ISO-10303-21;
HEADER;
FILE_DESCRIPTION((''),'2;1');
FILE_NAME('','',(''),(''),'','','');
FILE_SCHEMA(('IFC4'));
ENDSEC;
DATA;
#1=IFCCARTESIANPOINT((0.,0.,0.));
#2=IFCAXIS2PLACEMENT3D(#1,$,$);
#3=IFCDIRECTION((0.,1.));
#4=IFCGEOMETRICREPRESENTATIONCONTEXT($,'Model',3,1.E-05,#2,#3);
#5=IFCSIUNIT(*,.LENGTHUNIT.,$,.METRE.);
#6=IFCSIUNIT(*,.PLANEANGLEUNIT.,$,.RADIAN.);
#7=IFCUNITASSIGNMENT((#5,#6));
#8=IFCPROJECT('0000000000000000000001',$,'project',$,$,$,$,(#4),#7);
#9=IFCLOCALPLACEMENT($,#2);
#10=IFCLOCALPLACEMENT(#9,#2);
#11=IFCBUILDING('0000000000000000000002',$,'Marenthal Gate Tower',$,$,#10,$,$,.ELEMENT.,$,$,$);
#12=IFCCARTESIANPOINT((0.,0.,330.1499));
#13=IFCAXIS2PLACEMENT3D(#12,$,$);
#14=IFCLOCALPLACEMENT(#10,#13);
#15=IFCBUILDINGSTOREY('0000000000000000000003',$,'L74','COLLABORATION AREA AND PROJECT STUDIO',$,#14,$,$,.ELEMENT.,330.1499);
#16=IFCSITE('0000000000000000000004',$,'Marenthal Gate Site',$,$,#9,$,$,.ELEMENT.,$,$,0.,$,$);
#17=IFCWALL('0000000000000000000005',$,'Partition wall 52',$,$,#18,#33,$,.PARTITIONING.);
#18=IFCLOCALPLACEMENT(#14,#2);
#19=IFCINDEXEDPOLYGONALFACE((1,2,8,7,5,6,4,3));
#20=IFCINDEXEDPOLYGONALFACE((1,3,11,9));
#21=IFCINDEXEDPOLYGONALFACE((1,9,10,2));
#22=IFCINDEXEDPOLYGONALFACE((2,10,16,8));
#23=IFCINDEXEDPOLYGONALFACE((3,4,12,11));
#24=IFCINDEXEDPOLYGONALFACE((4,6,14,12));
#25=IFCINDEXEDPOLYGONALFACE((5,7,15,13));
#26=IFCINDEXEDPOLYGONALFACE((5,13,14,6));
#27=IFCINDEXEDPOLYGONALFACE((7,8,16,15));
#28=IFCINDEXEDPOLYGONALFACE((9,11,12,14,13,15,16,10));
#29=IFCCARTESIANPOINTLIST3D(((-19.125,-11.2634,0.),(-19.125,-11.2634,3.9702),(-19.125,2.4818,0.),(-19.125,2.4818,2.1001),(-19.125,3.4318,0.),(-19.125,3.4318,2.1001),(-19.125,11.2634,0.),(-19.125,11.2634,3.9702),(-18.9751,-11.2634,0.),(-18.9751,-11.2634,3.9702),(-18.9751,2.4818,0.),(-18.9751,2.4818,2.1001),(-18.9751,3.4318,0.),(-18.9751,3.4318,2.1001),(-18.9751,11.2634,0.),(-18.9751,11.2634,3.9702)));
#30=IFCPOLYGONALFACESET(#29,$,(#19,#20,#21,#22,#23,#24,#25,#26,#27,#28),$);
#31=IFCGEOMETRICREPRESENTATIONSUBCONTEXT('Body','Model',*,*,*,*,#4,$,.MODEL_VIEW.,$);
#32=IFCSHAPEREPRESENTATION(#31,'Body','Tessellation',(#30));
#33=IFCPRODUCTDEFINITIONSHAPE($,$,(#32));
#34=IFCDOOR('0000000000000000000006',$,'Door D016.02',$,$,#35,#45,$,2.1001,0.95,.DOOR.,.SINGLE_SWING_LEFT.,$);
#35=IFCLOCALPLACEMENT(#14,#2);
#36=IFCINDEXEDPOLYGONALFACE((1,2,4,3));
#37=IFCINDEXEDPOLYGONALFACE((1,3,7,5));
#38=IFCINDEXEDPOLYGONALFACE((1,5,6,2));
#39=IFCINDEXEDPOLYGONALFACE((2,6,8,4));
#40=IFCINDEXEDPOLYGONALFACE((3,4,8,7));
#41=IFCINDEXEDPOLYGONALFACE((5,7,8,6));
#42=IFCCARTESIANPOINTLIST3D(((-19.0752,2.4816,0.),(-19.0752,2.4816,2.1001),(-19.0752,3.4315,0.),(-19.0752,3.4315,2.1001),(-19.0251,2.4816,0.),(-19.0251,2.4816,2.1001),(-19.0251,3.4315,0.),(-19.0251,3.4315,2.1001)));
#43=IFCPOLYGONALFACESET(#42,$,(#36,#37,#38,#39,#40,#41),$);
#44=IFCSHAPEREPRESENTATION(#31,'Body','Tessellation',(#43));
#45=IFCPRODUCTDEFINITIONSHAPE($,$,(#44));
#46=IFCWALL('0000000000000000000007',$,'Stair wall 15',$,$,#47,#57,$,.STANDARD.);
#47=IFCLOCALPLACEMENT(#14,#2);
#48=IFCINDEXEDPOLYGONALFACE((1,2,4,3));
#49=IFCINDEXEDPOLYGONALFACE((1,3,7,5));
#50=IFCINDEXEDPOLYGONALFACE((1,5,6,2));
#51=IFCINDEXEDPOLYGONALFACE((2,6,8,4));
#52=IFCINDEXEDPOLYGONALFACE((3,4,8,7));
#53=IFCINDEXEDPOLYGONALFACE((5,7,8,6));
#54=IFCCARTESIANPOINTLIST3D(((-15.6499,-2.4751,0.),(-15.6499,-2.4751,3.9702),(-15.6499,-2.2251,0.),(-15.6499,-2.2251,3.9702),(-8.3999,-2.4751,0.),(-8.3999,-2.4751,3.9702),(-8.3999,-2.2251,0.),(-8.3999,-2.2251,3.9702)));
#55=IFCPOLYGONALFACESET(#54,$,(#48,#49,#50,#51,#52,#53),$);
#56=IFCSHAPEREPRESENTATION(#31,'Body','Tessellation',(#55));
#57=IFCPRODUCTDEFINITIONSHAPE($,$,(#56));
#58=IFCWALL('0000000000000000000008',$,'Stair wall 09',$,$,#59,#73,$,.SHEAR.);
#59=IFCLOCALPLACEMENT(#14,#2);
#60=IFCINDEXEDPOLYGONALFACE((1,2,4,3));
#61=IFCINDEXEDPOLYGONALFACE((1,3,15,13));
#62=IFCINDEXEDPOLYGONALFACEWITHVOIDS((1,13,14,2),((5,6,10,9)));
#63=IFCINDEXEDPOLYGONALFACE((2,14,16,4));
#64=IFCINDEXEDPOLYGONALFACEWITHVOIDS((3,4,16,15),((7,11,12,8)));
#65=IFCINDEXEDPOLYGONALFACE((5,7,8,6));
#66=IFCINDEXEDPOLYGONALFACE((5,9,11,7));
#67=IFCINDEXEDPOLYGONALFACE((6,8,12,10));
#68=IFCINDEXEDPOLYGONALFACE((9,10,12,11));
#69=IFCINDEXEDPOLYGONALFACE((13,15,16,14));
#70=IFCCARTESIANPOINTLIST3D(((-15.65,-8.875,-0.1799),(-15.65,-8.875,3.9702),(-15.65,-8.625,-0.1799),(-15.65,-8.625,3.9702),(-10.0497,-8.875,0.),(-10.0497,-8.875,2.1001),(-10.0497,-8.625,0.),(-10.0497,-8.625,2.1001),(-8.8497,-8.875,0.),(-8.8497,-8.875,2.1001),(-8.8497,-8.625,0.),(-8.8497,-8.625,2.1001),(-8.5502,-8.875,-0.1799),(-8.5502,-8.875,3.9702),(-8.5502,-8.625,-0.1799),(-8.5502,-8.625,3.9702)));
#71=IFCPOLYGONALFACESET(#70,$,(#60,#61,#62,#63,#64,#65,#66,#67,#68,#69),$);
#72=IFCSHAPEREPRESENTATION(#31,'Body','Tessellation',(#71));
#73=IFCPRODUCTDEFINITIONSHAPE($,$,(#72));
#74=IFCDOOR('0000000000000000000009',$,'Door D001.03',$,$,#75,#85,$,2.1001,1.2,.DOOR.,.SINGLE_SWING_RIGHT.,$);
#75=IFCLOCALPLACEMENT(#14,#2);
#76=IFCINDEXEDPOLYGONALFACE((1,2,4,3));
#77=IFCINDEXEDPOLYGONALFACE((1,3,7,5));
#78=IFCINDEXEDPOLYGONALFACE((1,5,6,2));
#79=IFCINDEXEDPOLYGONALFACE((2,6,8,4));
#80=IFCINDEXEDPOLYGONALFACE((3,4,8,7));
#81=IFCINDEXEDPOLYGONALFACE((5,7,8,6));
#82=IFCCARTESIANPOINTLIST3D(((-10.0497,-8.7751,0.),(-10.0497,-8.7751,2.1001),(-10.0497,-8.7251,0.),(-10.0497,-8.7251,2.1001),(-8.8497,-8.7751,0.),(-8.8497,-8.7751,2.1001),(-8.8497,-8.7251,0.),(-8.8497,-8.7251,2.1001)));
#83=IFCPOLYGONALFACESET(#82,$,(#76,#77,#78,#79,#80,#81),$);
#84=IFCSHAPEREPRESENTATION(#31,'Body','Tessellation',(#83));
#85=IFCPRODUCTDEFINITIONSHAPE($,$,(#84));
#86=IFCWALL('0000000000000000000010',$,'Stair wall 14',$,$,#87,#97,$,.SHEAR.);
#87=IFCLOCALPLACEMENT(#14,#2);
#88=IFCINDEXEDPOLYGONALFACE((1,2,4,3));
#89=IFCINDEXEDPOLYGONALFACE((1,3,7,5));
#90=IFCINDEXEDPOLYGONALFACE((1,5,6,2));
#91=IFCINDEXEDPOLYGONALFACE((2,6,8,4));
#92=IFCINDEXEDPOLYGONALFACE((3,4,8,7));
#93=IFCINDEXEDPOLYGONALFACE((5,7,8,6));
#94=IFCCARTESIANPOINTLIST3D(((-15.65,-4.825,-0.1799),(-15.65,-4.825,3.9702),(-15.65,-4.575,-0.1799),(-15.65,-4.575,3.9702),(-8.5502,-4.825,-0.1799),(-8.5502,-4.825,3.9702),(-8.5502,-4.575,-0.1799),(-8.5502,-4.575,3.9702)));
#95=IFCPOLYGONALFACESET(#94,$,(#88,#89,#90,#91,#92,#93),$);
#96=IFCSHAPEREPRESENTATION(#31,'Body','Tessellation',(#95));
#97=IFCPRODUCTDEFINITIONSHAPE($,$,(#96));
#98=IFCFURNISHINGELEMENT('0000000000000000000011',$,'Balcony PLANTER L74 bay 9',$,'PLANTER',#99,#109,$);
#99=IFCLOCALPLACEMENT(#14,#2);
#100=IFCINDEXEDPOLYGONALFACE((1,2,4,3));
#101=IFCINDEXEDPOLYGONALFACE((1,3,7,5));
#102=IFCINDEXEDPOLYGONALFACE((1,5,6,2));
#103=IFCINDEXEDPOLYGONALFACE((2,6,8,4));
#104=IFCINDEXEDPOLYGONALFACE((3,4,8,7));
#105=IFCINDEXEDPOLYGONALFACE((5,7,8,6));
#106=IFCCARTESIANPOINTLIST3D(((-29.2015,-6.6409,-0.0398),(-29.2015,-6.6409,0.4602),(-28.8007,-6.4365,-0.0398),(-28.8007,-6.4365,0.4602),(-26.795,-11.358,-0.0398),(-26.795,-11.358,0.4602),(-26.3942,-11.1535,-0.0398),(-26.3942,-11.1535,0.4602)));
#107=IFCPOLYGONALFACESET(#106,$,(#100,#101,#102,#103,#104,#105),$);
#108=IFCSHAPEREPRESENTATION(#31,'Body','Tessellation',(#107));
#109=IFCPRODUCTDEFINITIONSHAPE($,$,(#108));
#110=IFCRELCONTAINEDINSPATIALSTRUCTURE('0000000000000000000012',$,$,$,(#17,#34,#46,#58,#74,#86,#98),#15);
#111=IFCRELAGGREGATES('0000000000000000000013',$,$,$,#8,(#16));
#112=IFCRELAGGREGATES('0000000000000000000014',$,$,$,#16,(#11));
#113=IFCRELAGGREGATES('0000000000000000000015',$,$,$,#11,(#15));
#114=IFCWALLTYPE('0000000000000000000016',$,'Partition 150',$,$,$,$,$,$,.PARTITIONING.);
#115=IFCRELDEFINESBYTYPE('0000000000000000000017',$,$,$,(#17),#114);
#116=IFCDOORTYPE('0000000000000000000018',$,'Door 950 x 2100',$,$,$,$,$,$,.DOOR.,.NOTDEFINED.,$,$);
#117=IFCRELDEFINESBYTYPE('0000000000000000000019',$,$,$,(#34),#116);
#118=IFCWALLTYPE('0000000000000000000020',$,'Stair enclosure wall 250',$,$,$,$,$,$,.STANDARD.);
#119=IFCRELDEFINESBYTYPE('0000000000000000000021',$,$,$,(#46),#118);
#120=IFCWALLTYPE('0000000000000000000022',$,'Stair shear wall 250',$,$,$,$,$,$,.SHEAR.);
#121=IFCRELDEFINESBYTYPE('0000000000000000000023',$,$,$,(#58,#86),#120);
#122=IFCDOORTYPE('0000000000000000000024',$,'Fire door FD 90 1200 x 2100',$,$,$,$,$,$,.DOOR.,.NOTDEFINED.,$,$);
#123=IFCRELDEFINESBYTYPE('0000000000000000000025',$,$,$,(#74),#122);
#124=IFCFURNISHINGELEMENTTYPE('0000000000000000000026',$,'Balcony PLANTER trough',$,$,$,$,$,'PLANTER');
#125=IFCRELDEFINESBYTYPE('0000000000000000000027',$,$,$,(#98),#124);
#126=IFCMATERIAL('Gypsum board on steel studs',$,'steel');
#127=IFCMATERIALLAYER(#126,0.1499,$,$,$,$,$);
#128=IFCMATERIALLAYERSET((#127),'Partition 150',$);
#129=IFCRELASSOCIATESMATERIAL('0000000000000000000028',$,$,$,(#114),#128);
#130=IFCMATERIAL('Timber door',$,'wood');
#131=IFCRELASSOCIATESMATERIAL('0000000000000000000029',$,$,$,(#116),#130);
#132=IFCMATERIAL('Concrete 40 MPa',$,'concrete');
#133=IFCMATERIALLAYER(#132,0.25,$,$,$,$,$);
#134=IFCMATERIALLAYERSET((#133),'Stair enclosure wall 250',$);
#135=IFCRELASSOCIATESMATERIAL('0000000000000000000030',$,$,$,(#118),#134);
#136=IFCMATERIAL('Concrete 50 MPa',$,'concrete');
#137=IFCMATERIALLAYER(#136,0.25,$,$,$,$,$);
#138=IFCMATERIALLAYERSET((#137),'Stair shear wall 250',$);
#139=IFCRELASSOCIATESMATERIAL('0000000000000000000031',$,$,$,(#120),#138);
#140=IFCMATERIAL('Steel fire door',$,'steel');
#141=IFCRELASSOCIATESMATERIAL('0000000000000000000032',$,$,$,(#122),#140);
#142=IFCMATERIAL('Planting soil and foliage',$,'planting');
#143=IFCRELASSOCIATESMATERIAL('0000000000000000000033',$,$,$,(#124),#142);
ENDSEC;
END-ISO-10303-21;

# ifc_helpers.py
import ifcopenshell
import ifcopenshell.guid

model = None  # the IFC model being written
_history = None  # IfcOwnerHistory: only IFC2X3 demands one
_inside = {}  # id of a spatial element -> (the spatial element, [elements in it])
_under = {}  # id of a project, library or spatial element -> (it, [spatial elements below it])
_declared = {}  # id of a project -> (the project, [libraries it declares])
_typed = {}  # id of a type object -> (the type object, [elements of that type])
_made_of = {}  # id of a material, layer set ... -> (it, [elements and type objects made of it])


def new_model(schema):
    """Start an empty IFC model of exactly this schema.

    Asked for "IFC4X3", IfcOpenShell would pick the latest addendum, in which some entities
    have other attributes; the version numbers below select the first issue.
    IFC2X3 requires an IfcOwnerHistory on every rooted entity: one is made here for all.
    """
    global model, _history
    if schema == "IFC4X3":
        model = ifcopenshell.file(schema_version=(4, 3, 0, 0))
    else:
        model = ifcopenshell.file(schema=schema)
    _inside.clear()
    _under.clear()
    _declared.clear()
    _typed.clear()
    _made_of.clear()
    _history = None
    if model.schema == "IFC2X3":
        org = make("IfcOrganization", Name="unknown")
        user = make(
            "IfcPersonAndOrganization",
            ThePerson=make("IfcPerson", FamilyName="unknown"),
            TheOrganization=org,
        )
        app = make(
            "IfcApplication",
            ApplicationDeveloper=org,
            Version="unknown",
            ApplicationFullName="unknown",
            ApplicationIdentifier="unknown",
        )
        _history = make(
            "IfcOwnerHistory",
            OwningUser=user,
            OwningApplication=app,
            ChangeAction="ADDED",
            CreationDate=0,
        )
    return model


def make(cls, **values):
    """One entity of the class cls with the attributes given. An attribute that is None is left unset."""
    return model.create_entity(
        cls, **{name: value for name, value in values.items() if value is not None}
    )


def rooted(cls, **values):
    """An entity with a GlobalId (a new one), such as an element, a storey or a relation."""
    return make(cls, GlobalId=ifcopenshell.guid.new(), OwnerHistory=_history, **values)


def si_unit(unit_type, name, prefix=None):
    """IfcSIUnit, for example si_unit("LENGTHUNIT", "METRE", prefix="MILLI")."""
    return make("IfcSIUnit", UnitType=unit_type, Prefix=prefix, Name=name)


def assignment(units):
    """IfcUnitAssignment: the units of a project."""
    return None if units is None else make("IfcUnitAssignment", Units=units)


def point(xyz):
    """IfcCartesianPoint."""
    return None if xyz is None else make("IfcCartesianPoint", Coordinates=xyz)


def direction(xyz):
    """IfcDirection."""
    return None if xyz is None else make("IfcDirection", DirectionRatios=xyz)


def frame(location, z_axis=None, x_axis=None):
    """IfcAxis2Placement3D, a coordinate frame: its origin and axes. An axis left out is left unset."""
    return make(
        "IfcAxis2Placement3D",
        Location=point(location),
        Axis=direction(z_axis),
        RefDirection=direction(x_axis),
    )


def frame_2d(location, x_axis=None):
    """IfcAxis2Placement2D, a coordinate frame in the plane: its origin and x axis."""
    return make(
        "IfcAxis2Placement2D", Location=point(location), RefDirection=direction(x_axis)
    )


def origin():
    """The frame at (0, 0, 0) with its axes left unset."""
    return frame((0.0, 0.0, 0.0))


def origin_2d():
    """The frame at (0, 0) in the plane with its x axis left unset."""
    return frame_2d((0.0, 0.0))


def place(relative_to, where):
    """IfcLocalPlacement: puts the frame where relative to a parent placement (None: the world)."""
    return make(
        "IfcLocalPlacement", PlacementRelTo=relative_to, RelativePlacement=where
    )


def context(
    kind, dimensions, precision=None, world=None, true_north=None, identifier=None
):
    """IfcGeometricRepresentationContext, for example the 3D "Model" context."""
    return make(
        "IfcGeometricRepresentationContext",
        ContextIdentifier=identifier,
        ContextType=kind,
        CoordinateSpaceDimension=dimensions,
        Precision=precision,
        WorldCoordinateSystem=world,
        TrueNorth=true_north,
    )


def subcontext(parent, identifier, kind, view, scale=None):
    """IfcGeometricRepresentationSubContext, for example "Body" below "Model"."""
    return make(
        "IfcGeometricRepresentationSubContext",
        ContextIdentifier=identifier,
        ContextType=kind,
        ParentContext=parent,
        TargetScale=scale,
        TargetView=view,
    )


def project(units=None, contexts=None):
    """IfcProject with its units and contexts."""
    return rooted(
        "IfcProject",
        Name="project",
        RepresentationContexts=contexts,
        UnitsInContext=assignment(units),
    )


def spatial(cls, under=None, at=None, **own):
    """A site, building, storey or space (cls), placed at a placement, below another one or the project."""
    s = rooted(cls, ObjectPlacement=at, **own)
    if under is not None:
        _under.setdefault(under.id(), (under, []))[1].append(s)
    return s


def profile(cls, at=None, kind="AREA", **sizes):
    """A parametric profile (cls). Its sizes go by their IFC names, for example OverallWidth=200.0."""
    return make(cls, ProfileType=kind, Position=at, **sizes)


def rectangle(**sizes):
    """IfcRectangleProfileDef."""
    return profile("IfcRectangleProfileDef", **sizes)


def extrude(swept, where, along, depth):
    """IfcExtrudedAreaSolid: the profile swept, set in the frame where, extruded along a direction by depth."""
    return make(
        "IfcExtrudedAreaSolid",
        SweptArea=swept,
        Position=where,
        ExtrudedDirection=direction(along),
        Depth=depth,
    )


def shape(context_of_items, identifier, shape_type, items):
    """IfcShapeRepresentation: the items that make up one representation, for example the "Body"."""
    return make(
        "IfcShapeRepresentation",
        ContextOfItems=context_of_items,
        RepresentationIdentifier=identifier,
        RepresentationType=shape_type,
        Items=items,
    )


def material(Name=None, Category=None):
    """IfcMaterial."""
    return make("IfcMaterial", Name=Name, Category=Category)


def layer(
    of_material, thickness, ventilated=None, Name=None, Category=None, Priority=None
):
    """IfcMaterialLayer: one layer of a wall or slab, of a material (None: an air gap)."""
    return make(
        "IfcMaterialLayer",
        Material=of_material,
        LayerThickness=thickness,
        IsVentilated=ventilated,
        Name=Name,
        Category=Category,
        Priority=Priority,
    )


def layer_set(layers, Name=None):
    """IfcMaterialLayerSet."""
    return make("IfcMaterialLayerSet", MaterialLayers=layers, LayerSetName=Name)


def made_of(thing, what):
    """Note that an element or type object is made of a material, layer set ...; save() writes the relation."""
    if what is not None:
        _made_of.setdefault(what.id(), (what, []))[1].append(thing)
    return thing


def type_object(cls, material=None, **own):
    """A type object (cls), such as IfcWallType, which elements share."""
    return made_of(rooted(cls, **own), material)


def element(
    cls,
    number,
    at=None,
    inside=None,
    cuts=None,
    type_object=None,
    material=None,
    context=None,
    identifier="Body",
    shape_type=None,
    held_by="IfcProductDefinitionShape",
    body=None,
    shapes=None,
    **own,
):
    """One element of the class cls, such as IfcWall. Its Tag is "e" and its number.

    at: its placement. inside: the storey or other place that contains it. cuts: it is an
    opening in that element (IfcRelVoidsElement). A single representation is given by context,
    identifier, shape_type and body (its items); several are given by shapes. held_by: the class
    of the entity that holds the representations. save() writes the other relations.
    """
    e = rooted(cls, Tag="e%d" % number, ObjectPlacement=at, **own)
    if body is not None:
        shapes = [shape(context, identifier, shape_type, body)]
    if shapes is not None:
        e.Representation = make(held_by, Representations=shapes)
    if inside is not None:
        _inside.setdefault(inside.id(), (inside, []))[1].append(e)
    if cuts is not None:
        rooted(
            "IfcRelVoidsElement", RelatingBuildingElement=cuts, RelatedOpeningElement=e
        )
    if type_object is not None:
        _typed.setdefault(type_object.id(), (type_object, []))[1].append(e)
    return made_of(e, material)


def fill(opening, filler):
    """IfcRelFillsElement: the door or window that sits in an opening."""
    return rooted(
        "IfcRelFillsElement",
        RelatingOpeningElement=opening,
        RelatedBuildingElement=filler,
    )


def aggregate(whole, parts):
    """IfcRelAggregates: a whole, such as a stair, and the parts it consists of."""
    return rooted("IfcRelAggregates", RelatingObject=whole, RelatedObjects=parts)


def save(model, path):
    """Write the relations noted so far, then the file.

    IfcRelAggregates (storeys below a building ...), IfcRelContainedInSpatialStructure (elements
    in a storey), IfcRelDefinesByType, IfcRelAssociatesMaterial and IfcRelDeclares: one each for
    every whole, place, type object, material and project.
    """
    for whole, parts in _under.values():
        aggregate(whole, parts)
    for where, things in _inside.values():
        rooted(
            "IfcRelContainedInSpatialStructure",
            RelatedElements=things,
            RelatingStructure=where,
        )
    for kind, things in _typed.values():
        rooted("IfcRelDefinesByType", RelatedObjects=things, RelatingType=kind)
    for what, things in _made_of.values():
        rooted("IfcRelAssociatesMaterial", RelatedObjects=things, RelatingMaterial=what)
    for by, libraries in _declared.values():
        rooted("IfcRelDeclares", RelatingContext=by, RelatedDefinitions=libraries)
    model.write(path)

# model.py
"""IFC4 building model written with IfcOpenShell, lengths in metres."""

from ifc_helpers import new_model, si_unit, direction, frame, frame_2d, origin, origin_2d, place, context, subcontext, project, spatial, rectangle, extrude, material, layer, layer_set, type_object, element, fill, save


model = new_model("IFC4")

# Units and contexts
model_context = context("Model", 3, precision=1e-05, world=origin(), true_north=direction((0.0, 1.0)))
body_context = subcontext(model_context, "Body", "Model", "MODEL_VIEW")
ifc_project = project(units=[si_unit("LENGTHUNIT", "METRE"), si_unit("PLANEANGLEUNIT", "RADIAN")], contexts=[model_context])

# Site, building, storey
site_placement = place(None, origin())
site = spatial("IfcSite", under=ifc_project, at=site_placement, Name="Marenthal Gate Site", CompositionType="ELEMENT", RefElevation=0.0)
building_placement = place(site_placement, origin())
building = spatial("IfcBuilding", under=site, at=building_placement, Name="Marenthal Gate Tower", CompositionType="ELEMENT")
storey_placement = place(building_placement, frame((0.0, 0.0, 330.1499)))
storey = spatial("IfcBuildingStorey", under=building, at=storey_placement, Name="L74", Description="COLLABORATION AREA AND PROJECT STUDIO", CompositionType="ELEMENT", Elevation=330.1499)

# Wall, opening, door
ifc_material_1 = material(Name="Gypsum board on steel studs", Category="steel")
ifc_layer_1 = layer(ifc_material_1, 0.1499)
ifc_layer_set_1 = layer_set([ifc_layer_1], Name="Partition 150")
wall_type_1 = type_object("IfcWallType", Name="Partition 150", PredefinedType="PARTITIONING", material=ifc_layer_set_1)
wall_1_placement = place(storey_placement, frame((-19.05, -11.2634, 0.0), z_axis=(0.0, 0.0, 1.0), x_axis=(0.0, 1.0, 0.0)))
wall_1 = element("IfcWall", 1, at=wall_1_placement, inside=storey, type_object=wall_type_1, Name="Partition wall 52", PredefinedType="PARTITIONING", context=body_context, shape_type="SweptSolid", body=[
    extrude(rectangle(XDim=22.5269, YDim=0.1499, at=frame_2d((11.2634, 0.0))), origin(), (0.0, 0.0, 1.0), 3.9702),
])
opening_1_placement = place(wall_1_placement, frame((13.7451, 0.0, 0.0)))
opening_1 = element("IfcOpeningElement", 2, at=opening_1_placement, cuts=wall_1, PredefinedType="OPENING", context=body_context, shape_type="SweptSolid", body=[
    extrude(rectangle(XDim=0.95, YDim=2.1001, at=frame_2d((0.4751, 1.05))), frame((0.0, 0.085, 0.0), z_axis=(0.0, -1.0, 0.0), x_axis=(1.0, 0.0, 0.0)), (0.0, 0.0, 1.0), 0.1699),
])
ifc_material_2 = material(Name="Timber door", Category="wood")
door_type_1 = type_object("IfcDoorType", Name="Door 950 x 2100", OperationType="NOTDEFINED", PredefinedType="DOOR", material=ifc_material_2)
door_1_placement = place(opening_1_placement, frame((0.95, 0.0, 0.0), z_axis=(0.0, 0.0, 1.0), x_axis=(-1.0, 0.0, 0.0)))
door_1 = element("IfcDoor", 3, at=door_1_placement, inside=storey, type_object=door_type_1, Name="Door D016.02", OperationType="SINGLE_SWING_LEFT", OverallHeight=2.1001, OverallWidth=0.95, PredefinedType="DOOR", context=body_context, shape_type="SweptSolid", body=[
    extrude(rectangle(XDim=0.95, YDim=2.1001, at=frame_2d((0.4751, 1.05))), frame((0.0, 0.0249, 0.0), z_axis=(0.0, -1.0, 0.0), x_axis=(1.0, 0.0, 0.0)), (0.0, 0.0, 1.0), 0.05),
])
fill(opening_1, door_1)

# Wall
ifc_material_3 = material(Name="Concrete 40 MPa", Category="concrete")
ifc_layer_2 = layer(ifc_material_3, 0.25)
ifc_layer_set_2 = layer_set([ifc_layer_2], Name="Stair enclosure wall 250")
wall_type_2 = type_object("IfcWallType", Name="Stair enclosure wall 250", PredefinedType="STANDARD", material=ifc_layer_set_2)
wall_2_placement = place(storey_placement, frame((-15.6499, -2.3501, 0.0), z_axis=(0.0, 0.0, 1.0), x_axis=(1.0, 0.0, 0.0)))
element("IfcWall", 4, at=wall_2_placement, inside=storey, type_object=wall_type_2, Name="Stair wall 15", PredefinedType="STANDARD", context=body_context, shape_type="SweptSolid", body=[
    extrude(rectangle(XDim=7.25, YDim=0.25, at=frame_2d((3.625, 0.0))), origin(), (0.0, 0.0, 1.0), 3.9702),
])

# Wall, opening, door
ifc_material_4 = material(Name="Concrete 50 MPa", Category="concrete")
ifc_layer_3 = layer(ifc_material_4, 0.25)
ifc_layer_set_3 = layer_set([ifc_layer_3], Name="Stair shear wall 250")
wall_type_3 = type_object("IfcWallType", Name="Stair shear wall 250", PredefinedType="SHEAR", material=ifc_layer_set_3)
wall_3_placement = place(storey_placement, frame((-15.6499, -8.75, -0.1799), z_axis=(0.0, 0.0, 1.0), x_axis=(1.0, 0.0, 0.0)))
wall_3 = element("IfcWall", 5, at=wall_3_placement, inside=storey, type_object=wall_type_3, Name="Stair wall 09", PredefinedType="SHEAR", context=body_context, shape_type="SweptSolid", body=[
    extrude(rectangle(XDim=7.0999, YDim=0.25, at=frame_2d((3.5498, 0.0))), origin(), (0.0, 0.0, 1.0), 4.1501),
])
opening_2_placement = place(wall_3_placement, frame((5.6001, 0.0, 0.1799)))
opening_2 = element("IfcOpeningElement", 6, at=opening_2_placement, cuts=wall_3, PredefinedType="OPENING", context=body_context, shape_type="SweptSolid", body=[
    extrude(rectangle(XDim=1.2, YDim=2.1001, at=frame_2d((0.6001, 1.05))), frame((0.0, 0.135, 0.0), z_axis=(0.0, -1.0, 0.0), x_axis=(1.0, 0.0, 0.0)), (0.0, 0.0, 1.0), 0.27),
])
ifc_material_5 = material(Name="Steel fire door", Category="steel")
door_type_2 = type_object("IfcDoorType", Name="Fire door FD 90 1200 x 2100", OperationType="NOTDEFINED", PredefinedType="DOOR", material=ifc_material_5)
door_2_placement = place(opening_2_placement, origin())
door_2 = element("IfcDoor", 7, at=door_2_placement, inside=storey, type_object=door_type_2, Name="Door D001.03", OperationType="SINGLE_SWING_RIGHT", OverallHeight=2.1001, OverallWidth=1.2, PredefinedType="DOOR", context=body_context, shape_type="SweptSolid", body=[
    extrude(rectangle(XDim=1.2, YDim=2.1001, at=frame_2d((0.6001, 1.05))), frame((0.0, 0.0249, 0.0), z_axis=(0.0, -1.0, 0.0), x_axis=(1.0, 0.0, 0.0)), (0.0, 0.0, 1.0), 0.05),
])
fill(opening_2, door_2)

# Wall
wall_4_placement = place(storey_placement, frame((-15.6499, -4.7, -0.1799), z_axis=(0.0, 0.0, 1.0), x_axis=(1.0, 0.0, 0.0)))
element("IfcWall", 8, at=wall_4_placement, inside=storey, type_object=wall_type_3, Name="Stair wall 14", PredefinedType="SHEAR", context=body_context, shape_type="SweptSolid", body=[
    extrude(rectangle(XDim=7.0999, YDim=0.25, at=frame_2d((3.5498, 0.0))), origin(), (0.0, 0.0, 1.0), 4.1501),
])

# Furnishing element
ifc_material_6 = material(Name="Planting soil and foliage", Category="planting")
furnishing_element_type = type_object("IfcFurnishingElementType", Name="Balcony PLANTER trough", ElementType="PLANTER", material=ifc_material_6)
furnishing_placement = place(storey_placement, frame((-27.7979, -8.8972, -0.0398), z_axis=(0.0, 0.0, 1.0), x_axis=(0.454443, -0.890776, 0.0)))
element("IfcFurnishingElement", 9, at=furnishing_placement, inside=storey, type_object=furnishing_element_type, Name="Balcony PLANTER L74 bay 9", ObjectType="PLANTER", context=body_context, shape_type="SweptSolid", body=[
    extrude(rectangle(XDim=5.2954, YDim=0.45, at=origin_2d()), origin(), (0.0, 0.0, 1.0), 0.5),
])

save(model, "model.ifc")
